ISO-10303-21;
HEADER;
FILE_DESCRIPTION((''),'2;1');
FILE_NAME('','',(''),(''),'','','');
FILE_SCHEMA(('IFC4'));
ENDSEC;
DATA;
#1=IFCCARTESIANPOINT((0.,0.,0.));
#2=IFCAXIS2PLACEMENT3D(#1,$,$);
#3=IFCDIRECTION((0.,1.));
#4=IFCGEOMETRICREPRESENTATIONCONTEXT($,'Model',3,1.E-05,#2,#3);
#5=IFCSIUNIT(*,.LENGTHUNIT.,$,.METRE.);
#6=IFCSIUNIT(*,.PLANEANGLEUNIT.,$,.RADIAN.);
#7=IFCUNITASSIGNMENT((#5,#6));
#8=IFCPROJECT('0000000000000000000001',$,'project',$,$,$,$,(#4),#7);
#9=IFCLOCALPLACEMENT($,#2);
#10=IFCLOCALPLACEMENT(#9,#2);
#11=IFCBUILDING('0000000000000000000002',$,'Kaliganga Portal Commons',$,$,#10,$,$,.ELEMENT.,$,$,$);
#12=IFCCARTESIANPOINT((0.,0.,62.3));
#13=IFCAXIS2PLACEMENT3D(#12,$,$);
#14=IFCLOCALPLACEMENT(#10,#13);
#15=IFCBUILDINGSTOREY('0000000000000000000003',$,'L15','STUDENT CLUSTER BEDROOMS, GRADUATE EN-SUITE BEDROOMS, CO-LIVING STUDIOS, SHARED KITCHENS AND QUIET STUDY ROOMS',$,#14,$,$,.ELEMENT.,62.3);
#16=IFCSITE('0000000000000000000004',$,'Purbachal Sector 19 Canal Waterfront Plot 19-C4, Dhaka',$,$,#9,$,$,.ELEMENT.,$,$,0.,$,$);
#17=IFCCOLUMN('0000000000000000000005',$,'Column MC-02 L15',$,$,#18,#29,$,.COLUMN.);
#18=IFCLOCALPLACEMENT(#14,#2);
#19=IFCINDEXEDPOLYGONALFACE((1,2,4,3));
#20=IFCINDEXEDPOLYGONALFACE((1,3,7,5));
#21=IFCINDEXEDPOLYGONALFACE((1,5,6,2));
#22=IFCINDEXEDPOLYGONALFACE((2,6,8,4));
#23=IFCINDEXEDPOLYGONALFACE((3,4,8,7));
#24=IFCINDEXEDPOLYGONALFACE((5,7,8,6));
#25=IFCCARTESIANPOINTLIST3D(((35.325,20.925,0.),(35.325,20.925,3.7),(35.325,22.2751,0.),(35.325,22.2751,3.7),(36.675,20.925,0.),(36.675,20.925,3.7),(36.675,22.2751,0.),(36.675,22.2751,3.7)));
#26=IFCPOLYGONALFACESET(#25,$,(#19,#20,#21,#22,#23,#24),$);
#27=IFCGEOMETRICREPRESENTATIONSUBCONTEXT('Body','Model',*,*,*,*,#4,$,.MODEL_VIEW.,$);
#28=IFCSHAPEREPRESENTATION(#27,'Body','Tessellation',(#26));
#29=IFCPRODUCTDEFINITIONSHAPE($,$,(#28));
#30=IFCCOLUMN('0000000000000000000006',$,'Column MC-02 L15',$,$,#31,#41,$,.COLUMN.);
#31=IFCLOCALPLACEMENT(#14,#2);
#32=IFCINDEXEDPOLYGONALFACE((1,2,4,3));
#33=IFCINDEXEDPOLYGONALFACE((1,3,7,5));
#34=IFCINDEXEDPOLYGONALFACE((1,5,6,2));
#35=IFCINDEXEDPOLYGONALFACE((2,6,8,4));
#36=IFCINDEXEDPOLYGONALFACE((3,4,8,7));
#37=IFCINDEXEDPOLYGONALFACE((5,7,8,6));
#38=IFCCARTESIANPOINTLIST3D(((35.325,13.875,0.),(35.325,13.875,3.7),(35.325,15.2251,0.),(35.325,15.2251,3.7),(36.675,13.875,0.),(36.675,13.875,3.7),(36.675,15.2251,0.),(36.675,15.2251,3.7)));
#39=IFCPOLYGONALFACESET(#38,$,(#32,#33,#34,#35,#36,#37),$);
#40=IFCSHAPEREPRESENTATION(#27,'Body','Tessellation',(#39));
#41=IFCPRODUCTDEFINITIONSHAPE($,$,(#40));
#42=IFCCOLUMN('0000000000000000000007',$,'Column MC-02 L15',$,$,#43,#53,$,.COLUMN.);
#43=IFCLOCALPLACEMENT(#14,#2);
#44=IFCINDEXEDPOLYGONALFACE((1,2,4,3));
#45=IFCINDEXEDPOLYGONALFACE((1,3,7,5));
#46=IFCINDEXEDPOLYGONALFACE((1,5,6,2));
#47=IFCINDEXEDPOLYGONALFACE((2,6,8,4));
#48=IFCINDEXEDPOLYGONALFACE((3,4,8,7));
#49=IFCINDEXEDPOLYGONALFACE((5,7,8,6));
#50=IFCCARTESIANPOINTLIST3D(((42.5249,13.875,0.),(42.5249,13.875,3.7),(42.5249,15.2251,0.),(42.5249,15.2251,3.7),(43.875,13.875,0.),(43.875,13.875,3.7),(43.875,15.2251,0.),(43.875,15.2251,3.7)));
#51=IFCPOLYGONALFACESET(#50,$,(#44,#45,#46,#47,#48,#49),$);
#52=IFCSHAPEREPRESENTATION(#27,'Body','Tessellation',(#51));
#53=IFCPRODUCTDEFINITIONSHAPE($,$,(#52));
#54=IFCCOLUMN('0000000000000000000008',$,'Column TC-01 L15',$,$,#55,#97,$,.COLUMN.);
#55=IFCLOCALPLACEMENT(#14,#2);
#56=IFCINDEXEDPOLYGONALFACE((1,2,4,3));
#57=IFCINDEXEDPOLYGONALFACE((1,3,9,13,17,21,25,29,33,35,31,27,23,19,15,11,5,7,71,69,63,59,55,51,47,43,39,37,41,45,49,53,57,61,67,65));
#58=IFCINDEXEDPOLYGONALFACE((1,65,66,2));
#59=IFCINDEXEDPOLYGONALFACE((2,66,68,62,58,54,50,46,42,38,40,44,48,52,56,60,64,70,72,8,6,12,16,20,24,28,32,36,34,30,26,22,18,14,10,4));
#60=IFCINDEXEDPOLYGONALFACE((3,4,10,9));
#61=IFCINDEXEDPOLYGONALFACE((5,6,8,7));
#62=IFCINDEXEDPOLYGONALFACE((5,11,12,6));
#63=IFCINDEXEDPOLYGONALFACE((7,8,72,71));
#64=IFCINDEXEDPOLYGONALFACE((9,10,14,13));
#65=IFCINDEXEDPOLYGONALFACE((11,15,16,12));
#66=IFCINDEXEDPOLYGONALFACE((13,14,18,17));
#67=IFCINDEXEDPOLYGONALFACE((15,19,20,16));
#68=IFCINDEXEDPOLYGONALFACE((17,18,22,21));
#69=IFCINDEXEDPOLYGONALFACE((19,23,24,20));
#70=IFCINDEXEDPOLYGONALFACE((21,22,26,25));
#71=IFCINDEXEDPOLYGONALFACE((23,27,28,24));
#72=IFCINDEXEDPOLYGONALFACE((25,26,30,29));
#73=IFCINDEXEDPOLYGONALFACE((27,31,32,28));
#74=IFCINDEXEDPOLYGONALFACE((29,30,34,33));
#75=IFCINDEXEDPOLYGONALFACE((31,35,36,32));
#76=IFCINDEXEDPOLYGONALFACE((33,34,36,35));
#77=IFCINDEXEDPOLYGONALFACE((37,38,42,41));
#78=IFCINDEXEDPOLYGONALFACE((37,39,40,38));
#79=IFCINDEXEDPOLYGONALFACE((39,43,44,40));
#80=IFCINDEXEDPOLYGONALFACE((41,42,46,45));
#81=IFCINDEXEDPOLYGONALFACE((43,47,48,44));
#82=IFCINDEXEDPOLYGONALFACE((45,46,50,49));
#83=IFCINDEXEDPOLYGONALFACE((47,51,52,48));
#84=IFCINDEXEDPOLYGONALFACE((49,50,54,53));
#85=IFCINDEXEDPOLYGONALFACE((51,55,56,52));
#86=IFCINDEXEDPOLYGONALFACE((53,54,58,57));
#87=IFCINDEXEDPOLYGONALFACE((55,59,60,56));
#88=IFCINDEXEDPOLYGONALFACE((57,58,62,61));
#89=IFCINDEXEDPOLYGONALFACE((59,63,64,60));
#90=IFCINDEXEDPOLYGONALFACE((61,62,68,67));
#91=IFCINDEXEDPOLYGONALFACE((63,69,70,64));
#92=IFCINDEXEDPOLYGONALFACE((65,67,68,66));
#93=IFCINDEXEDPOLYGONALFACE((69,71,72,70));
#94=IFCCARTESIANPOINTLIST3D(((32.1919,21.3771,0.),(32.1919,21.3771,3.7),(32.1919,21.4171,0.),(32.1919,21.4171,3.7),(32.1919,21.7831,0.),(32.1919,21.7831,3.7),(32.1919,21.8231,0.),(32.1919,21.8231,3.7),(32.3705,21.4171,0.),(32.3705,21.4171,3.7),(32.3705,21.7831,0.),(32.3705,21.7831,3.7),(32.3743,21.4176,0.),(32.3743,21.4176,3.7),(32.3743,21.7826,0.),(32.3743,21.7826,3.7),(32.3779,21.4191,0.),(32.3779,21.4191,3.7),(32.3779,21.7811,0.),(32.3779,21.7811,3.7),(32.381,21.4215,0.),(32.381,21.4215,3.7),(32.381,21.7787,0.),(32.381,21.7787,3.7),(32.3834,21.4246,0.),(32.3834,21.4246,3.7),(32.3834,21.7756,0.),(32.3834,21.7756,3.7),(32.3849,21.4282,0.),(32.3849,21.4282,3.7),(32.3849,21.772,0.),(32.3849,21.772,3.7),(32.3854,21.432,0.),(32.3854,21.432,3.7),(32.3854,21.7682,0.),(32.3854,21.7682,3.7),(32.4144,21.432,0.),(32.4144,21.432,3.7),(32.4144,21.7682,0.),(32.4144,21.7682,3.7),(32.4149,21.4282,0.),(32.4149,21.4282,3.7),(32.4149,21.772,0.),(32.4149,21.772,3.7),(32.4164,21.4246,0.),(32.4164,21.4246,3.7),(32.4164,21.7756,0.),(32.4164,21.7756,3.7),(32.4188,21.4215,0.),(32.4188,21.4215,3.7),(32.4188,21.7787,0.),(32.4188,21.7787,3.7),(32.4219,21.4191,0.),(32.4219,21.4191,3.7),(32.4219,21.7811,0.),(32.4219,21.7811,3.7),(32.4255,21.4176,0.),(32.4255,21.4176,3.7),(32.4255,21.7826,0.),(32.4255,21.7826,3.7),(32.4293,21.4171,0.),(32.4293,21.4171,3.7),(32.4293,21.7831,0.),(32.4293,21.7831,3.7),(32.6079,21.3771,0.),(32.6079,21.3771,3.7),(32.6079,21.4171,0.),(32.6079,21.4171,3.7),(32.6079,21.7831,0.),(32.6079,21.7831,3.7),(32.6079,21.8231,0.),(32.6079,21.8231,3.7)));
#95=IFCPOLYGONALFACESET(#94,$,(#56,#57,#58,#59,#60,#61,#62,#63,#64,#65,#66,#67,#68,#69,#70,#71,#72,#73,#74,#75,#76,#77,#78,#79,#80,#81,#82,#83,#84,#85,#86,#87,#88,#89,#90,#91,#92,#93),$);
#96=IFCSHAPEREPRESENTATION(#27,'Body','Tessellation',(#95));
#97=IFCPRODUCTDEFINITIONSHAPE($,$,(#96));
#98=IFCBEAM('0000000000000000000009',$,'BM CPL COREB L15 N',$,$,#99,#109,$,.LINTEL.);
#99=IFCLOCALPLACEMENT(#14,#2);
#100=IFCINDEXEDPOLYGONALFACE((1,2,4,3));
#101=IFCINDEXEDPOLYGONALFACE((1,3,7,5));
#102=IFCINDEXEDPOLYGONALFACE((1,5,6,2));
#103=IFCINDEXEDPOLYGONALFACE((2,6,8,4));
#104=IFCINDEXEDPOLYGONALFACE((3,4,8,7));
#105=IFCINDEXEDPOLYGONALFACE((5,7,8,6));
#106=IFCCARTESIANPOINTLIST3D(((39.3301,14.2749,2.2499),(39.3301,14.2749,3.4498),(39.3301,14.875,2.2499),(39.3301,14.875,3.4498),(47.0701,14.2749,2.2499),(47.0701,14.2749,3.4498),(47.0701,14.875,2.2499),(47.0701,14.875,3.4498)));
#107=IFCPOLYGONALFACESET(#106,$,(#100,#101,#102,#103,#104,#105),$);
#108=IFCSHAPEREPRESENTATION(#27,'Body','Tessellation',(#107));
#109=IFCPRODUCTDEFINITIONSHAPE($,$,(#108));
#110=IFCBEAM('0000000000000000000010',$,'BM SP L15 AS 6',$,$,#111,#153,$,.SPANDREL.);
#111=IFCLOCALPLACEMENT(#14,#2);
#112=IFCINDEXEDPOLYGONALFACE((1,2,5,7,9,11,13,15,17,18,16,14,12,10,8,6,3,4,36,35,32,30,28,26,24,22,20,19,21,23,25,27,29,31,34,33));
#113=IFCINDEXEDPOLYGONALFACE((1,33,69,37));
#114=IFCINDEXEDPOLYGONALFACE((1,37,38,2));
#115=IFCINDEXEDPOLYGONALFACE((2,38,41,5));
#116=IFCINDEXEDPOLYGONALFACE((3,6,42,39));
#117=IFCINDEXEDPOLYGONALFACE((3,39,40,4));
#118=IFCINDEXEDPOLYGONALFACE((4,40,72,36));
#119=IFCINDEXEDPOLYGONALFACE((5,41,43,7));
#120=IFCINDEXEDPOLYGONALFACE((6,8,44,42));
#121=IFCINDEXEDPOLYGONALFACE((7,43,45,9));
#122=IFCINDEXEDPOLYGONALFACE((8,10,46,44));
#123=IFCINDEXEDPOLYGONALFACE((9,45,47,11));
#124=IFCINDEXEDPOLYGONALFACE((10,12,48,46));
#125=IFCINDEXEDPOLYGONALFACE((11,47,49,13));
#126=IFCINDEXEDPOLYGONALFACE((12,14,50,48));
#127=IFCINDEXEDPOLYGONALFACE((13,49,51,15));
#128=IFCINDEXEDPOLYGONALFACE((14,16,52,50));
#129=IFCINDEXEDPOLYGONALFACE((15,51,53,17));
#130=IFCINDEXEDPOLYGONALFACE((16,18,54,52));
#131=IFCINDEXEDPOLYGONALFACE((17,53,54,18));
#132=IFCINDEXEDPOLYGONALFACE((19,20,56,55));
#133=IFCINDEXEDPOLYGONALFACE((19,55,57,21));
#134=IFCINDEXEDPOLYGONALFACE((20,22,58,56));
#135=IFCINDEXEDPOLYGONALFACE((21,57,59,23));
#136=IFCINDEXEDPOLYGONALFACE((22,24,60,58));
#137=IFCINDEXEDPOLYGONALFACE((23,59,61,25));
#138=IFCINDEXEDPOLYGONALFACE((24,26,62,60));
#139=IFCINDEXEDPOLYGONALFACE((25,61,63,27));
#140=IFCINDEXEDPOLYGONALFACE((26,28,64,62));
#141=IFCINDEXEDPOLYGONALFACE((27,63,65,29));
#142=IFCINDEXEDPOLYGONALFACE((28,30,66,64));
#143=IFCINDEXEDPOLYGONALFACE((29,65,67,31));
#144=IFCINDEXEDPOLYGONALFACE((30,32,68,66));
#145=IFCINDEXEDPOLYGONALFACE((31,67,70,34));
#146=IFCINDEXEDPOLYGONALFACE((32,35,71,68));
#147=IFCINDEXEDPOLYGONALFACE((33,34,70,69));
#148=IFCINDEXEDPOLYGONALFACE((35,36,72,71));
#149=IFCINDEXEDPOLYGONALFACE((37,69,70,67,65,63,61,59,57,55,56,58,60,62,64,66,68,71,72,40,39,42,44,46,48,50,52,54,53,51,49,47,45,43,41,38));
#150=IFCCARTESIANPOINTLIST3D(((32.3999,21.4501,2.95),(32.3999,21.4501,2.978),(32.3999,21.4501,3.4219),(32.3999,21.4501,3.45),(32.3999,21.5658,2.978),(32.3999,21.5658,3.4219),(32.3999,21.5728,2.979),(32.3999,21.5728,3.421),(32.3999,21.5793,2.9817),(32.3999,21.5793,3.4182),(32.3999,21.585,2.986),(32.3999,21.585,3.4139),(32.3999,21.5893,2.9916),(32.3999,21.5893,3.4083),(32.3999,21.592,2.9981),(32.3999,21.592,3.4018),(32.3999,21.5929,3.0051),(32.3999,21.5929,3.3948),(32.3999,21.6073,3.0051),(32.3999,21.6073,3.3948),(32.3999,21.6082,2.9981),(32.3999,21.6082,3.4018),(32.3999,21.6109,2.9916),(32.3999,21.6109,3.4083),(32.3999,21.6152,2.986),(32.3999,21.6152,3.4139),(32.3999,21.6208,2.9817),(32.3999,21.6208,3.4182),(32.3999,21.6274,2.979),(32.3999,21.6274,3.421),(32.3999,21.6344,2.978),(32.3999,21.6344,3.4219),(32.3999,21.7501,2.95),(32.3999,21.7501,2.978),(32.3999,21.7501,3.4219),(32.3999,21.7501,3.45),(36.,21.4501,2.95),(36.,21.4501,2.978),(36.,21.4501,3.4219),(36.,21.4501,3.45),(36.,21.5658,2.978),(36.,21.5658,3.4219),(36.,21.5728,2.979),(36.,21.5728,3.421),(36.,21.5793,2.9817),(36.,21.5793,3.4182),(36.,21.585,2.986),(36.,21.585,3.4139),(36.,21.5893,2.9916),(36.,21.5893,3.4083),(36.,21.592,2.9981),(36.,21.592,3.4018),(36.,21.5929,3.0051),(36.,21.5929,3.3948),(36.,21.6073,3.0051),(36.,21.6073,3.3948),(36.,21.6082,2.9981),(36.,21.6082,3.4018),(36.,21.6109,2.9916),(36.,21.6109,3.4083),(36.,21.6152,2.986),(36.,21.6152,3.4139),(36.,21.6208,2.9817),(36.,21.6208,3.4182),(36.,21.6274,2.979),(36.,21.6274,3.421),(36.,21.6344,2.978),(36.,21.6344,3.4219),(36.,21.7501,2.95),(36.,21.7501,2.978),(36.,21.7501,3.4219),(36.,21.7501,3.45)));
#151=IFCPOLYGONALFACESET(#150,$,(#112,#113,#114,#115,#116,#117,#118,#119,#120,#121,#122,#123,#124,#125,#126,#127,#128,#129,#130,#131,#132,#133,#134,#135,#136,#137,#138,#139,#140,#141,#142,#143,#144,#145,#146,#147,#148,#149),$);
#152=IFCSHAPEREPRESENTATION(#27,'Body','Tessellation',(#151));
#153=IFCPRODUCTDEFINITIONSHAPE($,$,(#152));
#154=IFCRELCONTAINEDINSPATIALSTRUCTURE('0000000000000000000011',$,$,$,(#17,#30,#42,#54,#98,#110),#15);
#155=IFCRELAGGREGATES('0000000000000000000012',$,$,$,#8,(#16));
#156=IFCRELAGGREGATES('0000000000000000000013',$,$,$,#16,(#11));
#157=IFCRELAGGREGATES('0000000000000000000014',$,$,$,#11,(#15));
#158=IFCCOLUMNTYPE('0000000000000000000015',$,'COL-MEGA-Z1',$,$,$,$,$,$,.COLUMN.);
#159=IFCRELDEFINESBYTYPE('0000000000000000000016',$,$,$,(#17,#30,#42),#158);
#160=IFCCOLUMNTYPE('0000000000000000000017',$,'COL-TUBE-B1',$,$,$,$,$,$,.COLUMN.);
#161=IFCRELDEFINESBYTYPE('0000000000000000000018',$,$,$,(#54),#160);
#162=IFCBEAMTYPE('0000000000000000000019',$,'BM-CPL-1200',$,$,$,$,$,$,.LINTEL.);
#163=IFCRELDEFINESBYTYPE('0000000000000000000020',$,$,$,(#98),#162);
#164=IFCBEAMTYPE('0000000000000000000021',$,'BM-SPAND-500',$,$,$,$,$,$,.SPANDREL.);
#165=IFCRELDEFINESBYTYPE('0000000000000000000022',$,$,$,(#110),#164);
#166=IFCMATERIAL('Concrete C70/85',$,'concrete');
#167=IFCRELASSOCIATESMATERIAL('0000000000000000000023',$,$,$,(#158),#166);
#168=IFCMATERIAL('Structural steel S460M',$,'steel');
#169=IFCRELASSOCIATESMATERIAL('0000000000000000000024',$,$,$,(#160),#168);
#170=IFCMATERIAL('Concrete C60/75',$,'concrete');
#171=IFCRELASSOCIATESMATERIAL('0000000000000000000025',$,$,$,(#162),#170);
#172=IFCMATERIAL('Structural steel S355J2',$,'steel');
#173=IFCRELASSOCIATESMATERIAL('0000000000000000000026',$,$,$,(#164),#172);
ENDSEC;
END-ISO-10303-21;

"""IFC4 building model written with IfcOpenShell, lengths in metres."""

from ifc_helpers import new_model, si_unit, direction, frame, origin, origin_2d, place, context, subcontext, project, spatial, rectangle, i_section, extrude, source, transform, mapped, material, material_profile, profile_set, type_object, element, save


model = new_model("IFC4")

# Units and contexts
model_context = context("Model", 3, precision=1e-05, world=origin(), true_north=direction((0.0, 1.0)))
body_context = subcontext(model_context, "Body", "Model", "MODEL_VIEW")
ifc_project = project(units=[si_unit("LENGTHUNIT", "METRE"), si_unit("PLANEANGLEUNIT", "RADIAN")], contexts=[model_context])

# Site, building, storey
site_placement = place(None, origin())
site = spatial("IfcSite", under=ifc_project, at=site_placement, Name="Purbachal Sector 19 Canal Waterfront Plot 19-C4, Dhaka", CompositionType="ELEMENT", RefElevation=0.0)
building_placement = place(site_placement, origin())
building = spatial("IfcBuilding", under=site, at=building_placement, Name="Kaliganga Portal Commons", CompositionType="ELEMENT")
storey_placement = place(building_placement, frame((0.0, 0.0, 62.3)))
storey = spatial("IfcBuildingStorey", under=building, at=storey_placement, Name="L15", Description="STUDENT CLUSTER BEDROOMS, GRADUATE EN-SUITE BEDROOMS, CO-LIVING STUDIOS, SHARED KITCHENS AND QUIET STUDY ROOMS", CompositionType="ELEMENT", Elevation=62.3)

# Columns
ifc_material_1 = material(Name="Concrete C70/85", Category="concrete")
ifc_material_profile_1 = material_profile(ifc_material_1, rectangle(XDim=1.3501, YDim=1.3501, at=origin_2d()), Name="RC 1350x1350")
ifc_profile_set_1 = profile_set([ifc_material_profile_1], Name="Concrete C70/85")
column_type_1 = type_object("IfcColumnType", Name="COL-MEGA-Z1", PredefinedType="COLUMN", material=ifc_profile_set_1)
shared_shape_1 = source(origin(), body_context, "Body", "SweptSolid", [
    extrude(rectangle(XDim=1.3501, YDim=1.3501, at=origin_2d()), origin(), (0.0, 0.0, 1.0), 3.7),
])
for number, where, z_axis, x_axis, name in (
    (1, (36.0, 21.6001, 0.0), (0.0, 0.0, 1.0), (1.0, 0.0, 0.0), "Column MC-02 L15"),
    (2, (36.0, 14.55, 0.0), (0.0, 0.0, 1.0), (1.0, 0.0, 0.0), "Column MC-02 L15"),
    (3, (43.2, 14.55, 0.0), (0.0, 0.0, 1.0), (1.0, 0.0, 0.0), "Column MC-02 L15"),
):
    element("IfcColumn", number, at=place(storey_placement, frame(where, z_axis=z_axis, x_axis=x_axis)), inside=storey, type_object=column_type_1, Name=name, PredefinedType="COLUMN", context=body_context, shape_type="MappedRepresentation", body=[
        mapped(shared_shape_1, transform((0.0, 0.0, 0.0), x_axis=(1.0, 0.0, 0.0), y_axis=(0.0, 1.0, 0.0), z_axis=(0.0, 0.0, 1.0), scale=1.0)),
    ])
ifc_material_2 = material(Name="Structural steel S460M", Category="steel")
ifc_material_profile_2 = material_profile(ifc_material_2, i_section(OverallWidth=0.416, OverallDepth=0.446, WebThickness=0.0291, FlangeThickness=0.04, FilletRadius=0.0149, at=origin_2d()), Name="HD 400x509")
ifc_profile_set_2 = profile_set([ifc_material_profile_2], Name="Structural steel S460M wide-flange")
column_type_2 = type_object("IfcColumnType", Name="COL-TUBE-B1", PredefinedType="COLUMN", material=ifc_profile_set_2)
shared_shape_2 = source(origin(), body_context, "Body", "SweptSolid", [
    extrude(i_section(OverallWidth=0.416, OverallDepth=0.446, WebThickness=0.0291, FlangeThickness=0.04, FilletRadius=0.0149, at=origin_2d()), origin(), (0.0, 0.0, 1.0), 3.7),
])
column_placement = place(storey_placement, frame((32.3999, 21.6001, 0.0), z_axis=(0.0, 0.0, 1.0), x_axis=(1.0, 0.0, 0.0)))
element("IfcColumn", 4, at=column_placement, inside=storey, type_object=column_type_2, Name="Column TC-01 L15", PredefinedType="COLUMN", context=body_context, shape_type="MappedRepresentation", body=[
    mapped(shared_shape_2, transform((0.0, 0.0, 0.0), x_axis=(1.0, 0.0, 0.0), y_axis=(0.0, 1.0, 0.0), z_axis=(0.0, 0.0, 1.0), scale=1.0)),
])

# Beams
ifc_material_3 = material(Name="Concrete C60/75", Category="concrete")
ifc_material_profile_3 = material_profile(ifc_material_3, rectangle(XDim=0.6001, YDim=1.2, at=origin_2d()), Name="RC 600x1200")
ifc_profile_set_3 = profile_set([ifc_material_profile_3], Name="Concrete C60/75")
beam_type_1 = type_object("IfcBeamType", Name="BM-CPL-1200", PredefinedType="LINTEL", material=ifc_profile_set_3)
shared_shape_3 = source(origin(), body_context, "Body", "SweptSolid", [
    extrude(rectangle(XDim=0.6001, YDim=1.2, at=origin_2d()), origin(), (0.0, 0.0, 1.0), 7.74),
])
beam_1_placement = place(storey_placement, frame((39.3301, 14.575, 2.8499), z_axis=(1.0, 0.0, 0.0), x_axis=(0.0, 1.0, 0.0)))
element("IfcBeam", 5, at=beam_1_placement, inside=storey, type_object=beam_type_1, Name="BM CPL COREB L15 N", PredefinedType="LINTEL", context=body_context, shape_type="MappedRepresentation", body=[
    mapped(shared_shape_3, transform((0.0, 0.0, 0.0), x_axis=(1.0, 0.0, 0.0), y_axis=(0.0, 1.0, 0.0), z_axis=(0.0, 0.0, 1.0), scale=1.0)),
])
ifc_material_4 = material(Name="Structural steel S355J2", Category="steel")
ifc_material_profile_4 = material_profile(ifc_material_4, i_section(OverallWidth=0.3, OverallDepth=0.5, WebThickness=0.0144, FlangeThickness=0.0281, FilletRadius=0.0271, at=origin_2d()), Name="HE 500 B")
ifc_profile_set_4 = profile_set([ifc_material_profile_4], Name="Structural steel S355J2 wide-flange")
beam_type_2 = type_object("IfcBeamType", Name="BM-SPAND-500", PredefinedType="SPANDREL", material=ifc_profile_set_4)
shared_shape_4 = source(origin(), body_context, "Body", "SweptSolid", [
    extrude(i_section(OverallWidth=0.3, OverallDepth=0.5, WebThickness=0.0144, FlangeThickness=0.0281, FilletRadius=0.0271, at=origin_2d()), origin(), (0.0, 0.0, 1.0), 3.6001),
])
beam_2_placement = place(storey_placement, frame((32.3999, 21.6001, 3.2), z_axis=(1.0, 0.0, 0.0), x_axis=(0.0, 1.0, 0.0)))
element("IfcBeam", 6, at=beam_2_placement, inside=storey, type_object=beam_type_2, Name="BM SP L15 AS 6", PredefinedType="SPANDREL", context=body_context, shape_type="MappedRepresentation", body=[
    mapped(shared_shape_4, transform((0.0, 0.0, 0.0), x_axis=(1.0, 0.0, 0.0), y_axis=(0.0, 1.0, 0.0), z_axis=(0.0, 0.0, 1.0), scale=1.0)),
])

save(model, "model.ifc")
